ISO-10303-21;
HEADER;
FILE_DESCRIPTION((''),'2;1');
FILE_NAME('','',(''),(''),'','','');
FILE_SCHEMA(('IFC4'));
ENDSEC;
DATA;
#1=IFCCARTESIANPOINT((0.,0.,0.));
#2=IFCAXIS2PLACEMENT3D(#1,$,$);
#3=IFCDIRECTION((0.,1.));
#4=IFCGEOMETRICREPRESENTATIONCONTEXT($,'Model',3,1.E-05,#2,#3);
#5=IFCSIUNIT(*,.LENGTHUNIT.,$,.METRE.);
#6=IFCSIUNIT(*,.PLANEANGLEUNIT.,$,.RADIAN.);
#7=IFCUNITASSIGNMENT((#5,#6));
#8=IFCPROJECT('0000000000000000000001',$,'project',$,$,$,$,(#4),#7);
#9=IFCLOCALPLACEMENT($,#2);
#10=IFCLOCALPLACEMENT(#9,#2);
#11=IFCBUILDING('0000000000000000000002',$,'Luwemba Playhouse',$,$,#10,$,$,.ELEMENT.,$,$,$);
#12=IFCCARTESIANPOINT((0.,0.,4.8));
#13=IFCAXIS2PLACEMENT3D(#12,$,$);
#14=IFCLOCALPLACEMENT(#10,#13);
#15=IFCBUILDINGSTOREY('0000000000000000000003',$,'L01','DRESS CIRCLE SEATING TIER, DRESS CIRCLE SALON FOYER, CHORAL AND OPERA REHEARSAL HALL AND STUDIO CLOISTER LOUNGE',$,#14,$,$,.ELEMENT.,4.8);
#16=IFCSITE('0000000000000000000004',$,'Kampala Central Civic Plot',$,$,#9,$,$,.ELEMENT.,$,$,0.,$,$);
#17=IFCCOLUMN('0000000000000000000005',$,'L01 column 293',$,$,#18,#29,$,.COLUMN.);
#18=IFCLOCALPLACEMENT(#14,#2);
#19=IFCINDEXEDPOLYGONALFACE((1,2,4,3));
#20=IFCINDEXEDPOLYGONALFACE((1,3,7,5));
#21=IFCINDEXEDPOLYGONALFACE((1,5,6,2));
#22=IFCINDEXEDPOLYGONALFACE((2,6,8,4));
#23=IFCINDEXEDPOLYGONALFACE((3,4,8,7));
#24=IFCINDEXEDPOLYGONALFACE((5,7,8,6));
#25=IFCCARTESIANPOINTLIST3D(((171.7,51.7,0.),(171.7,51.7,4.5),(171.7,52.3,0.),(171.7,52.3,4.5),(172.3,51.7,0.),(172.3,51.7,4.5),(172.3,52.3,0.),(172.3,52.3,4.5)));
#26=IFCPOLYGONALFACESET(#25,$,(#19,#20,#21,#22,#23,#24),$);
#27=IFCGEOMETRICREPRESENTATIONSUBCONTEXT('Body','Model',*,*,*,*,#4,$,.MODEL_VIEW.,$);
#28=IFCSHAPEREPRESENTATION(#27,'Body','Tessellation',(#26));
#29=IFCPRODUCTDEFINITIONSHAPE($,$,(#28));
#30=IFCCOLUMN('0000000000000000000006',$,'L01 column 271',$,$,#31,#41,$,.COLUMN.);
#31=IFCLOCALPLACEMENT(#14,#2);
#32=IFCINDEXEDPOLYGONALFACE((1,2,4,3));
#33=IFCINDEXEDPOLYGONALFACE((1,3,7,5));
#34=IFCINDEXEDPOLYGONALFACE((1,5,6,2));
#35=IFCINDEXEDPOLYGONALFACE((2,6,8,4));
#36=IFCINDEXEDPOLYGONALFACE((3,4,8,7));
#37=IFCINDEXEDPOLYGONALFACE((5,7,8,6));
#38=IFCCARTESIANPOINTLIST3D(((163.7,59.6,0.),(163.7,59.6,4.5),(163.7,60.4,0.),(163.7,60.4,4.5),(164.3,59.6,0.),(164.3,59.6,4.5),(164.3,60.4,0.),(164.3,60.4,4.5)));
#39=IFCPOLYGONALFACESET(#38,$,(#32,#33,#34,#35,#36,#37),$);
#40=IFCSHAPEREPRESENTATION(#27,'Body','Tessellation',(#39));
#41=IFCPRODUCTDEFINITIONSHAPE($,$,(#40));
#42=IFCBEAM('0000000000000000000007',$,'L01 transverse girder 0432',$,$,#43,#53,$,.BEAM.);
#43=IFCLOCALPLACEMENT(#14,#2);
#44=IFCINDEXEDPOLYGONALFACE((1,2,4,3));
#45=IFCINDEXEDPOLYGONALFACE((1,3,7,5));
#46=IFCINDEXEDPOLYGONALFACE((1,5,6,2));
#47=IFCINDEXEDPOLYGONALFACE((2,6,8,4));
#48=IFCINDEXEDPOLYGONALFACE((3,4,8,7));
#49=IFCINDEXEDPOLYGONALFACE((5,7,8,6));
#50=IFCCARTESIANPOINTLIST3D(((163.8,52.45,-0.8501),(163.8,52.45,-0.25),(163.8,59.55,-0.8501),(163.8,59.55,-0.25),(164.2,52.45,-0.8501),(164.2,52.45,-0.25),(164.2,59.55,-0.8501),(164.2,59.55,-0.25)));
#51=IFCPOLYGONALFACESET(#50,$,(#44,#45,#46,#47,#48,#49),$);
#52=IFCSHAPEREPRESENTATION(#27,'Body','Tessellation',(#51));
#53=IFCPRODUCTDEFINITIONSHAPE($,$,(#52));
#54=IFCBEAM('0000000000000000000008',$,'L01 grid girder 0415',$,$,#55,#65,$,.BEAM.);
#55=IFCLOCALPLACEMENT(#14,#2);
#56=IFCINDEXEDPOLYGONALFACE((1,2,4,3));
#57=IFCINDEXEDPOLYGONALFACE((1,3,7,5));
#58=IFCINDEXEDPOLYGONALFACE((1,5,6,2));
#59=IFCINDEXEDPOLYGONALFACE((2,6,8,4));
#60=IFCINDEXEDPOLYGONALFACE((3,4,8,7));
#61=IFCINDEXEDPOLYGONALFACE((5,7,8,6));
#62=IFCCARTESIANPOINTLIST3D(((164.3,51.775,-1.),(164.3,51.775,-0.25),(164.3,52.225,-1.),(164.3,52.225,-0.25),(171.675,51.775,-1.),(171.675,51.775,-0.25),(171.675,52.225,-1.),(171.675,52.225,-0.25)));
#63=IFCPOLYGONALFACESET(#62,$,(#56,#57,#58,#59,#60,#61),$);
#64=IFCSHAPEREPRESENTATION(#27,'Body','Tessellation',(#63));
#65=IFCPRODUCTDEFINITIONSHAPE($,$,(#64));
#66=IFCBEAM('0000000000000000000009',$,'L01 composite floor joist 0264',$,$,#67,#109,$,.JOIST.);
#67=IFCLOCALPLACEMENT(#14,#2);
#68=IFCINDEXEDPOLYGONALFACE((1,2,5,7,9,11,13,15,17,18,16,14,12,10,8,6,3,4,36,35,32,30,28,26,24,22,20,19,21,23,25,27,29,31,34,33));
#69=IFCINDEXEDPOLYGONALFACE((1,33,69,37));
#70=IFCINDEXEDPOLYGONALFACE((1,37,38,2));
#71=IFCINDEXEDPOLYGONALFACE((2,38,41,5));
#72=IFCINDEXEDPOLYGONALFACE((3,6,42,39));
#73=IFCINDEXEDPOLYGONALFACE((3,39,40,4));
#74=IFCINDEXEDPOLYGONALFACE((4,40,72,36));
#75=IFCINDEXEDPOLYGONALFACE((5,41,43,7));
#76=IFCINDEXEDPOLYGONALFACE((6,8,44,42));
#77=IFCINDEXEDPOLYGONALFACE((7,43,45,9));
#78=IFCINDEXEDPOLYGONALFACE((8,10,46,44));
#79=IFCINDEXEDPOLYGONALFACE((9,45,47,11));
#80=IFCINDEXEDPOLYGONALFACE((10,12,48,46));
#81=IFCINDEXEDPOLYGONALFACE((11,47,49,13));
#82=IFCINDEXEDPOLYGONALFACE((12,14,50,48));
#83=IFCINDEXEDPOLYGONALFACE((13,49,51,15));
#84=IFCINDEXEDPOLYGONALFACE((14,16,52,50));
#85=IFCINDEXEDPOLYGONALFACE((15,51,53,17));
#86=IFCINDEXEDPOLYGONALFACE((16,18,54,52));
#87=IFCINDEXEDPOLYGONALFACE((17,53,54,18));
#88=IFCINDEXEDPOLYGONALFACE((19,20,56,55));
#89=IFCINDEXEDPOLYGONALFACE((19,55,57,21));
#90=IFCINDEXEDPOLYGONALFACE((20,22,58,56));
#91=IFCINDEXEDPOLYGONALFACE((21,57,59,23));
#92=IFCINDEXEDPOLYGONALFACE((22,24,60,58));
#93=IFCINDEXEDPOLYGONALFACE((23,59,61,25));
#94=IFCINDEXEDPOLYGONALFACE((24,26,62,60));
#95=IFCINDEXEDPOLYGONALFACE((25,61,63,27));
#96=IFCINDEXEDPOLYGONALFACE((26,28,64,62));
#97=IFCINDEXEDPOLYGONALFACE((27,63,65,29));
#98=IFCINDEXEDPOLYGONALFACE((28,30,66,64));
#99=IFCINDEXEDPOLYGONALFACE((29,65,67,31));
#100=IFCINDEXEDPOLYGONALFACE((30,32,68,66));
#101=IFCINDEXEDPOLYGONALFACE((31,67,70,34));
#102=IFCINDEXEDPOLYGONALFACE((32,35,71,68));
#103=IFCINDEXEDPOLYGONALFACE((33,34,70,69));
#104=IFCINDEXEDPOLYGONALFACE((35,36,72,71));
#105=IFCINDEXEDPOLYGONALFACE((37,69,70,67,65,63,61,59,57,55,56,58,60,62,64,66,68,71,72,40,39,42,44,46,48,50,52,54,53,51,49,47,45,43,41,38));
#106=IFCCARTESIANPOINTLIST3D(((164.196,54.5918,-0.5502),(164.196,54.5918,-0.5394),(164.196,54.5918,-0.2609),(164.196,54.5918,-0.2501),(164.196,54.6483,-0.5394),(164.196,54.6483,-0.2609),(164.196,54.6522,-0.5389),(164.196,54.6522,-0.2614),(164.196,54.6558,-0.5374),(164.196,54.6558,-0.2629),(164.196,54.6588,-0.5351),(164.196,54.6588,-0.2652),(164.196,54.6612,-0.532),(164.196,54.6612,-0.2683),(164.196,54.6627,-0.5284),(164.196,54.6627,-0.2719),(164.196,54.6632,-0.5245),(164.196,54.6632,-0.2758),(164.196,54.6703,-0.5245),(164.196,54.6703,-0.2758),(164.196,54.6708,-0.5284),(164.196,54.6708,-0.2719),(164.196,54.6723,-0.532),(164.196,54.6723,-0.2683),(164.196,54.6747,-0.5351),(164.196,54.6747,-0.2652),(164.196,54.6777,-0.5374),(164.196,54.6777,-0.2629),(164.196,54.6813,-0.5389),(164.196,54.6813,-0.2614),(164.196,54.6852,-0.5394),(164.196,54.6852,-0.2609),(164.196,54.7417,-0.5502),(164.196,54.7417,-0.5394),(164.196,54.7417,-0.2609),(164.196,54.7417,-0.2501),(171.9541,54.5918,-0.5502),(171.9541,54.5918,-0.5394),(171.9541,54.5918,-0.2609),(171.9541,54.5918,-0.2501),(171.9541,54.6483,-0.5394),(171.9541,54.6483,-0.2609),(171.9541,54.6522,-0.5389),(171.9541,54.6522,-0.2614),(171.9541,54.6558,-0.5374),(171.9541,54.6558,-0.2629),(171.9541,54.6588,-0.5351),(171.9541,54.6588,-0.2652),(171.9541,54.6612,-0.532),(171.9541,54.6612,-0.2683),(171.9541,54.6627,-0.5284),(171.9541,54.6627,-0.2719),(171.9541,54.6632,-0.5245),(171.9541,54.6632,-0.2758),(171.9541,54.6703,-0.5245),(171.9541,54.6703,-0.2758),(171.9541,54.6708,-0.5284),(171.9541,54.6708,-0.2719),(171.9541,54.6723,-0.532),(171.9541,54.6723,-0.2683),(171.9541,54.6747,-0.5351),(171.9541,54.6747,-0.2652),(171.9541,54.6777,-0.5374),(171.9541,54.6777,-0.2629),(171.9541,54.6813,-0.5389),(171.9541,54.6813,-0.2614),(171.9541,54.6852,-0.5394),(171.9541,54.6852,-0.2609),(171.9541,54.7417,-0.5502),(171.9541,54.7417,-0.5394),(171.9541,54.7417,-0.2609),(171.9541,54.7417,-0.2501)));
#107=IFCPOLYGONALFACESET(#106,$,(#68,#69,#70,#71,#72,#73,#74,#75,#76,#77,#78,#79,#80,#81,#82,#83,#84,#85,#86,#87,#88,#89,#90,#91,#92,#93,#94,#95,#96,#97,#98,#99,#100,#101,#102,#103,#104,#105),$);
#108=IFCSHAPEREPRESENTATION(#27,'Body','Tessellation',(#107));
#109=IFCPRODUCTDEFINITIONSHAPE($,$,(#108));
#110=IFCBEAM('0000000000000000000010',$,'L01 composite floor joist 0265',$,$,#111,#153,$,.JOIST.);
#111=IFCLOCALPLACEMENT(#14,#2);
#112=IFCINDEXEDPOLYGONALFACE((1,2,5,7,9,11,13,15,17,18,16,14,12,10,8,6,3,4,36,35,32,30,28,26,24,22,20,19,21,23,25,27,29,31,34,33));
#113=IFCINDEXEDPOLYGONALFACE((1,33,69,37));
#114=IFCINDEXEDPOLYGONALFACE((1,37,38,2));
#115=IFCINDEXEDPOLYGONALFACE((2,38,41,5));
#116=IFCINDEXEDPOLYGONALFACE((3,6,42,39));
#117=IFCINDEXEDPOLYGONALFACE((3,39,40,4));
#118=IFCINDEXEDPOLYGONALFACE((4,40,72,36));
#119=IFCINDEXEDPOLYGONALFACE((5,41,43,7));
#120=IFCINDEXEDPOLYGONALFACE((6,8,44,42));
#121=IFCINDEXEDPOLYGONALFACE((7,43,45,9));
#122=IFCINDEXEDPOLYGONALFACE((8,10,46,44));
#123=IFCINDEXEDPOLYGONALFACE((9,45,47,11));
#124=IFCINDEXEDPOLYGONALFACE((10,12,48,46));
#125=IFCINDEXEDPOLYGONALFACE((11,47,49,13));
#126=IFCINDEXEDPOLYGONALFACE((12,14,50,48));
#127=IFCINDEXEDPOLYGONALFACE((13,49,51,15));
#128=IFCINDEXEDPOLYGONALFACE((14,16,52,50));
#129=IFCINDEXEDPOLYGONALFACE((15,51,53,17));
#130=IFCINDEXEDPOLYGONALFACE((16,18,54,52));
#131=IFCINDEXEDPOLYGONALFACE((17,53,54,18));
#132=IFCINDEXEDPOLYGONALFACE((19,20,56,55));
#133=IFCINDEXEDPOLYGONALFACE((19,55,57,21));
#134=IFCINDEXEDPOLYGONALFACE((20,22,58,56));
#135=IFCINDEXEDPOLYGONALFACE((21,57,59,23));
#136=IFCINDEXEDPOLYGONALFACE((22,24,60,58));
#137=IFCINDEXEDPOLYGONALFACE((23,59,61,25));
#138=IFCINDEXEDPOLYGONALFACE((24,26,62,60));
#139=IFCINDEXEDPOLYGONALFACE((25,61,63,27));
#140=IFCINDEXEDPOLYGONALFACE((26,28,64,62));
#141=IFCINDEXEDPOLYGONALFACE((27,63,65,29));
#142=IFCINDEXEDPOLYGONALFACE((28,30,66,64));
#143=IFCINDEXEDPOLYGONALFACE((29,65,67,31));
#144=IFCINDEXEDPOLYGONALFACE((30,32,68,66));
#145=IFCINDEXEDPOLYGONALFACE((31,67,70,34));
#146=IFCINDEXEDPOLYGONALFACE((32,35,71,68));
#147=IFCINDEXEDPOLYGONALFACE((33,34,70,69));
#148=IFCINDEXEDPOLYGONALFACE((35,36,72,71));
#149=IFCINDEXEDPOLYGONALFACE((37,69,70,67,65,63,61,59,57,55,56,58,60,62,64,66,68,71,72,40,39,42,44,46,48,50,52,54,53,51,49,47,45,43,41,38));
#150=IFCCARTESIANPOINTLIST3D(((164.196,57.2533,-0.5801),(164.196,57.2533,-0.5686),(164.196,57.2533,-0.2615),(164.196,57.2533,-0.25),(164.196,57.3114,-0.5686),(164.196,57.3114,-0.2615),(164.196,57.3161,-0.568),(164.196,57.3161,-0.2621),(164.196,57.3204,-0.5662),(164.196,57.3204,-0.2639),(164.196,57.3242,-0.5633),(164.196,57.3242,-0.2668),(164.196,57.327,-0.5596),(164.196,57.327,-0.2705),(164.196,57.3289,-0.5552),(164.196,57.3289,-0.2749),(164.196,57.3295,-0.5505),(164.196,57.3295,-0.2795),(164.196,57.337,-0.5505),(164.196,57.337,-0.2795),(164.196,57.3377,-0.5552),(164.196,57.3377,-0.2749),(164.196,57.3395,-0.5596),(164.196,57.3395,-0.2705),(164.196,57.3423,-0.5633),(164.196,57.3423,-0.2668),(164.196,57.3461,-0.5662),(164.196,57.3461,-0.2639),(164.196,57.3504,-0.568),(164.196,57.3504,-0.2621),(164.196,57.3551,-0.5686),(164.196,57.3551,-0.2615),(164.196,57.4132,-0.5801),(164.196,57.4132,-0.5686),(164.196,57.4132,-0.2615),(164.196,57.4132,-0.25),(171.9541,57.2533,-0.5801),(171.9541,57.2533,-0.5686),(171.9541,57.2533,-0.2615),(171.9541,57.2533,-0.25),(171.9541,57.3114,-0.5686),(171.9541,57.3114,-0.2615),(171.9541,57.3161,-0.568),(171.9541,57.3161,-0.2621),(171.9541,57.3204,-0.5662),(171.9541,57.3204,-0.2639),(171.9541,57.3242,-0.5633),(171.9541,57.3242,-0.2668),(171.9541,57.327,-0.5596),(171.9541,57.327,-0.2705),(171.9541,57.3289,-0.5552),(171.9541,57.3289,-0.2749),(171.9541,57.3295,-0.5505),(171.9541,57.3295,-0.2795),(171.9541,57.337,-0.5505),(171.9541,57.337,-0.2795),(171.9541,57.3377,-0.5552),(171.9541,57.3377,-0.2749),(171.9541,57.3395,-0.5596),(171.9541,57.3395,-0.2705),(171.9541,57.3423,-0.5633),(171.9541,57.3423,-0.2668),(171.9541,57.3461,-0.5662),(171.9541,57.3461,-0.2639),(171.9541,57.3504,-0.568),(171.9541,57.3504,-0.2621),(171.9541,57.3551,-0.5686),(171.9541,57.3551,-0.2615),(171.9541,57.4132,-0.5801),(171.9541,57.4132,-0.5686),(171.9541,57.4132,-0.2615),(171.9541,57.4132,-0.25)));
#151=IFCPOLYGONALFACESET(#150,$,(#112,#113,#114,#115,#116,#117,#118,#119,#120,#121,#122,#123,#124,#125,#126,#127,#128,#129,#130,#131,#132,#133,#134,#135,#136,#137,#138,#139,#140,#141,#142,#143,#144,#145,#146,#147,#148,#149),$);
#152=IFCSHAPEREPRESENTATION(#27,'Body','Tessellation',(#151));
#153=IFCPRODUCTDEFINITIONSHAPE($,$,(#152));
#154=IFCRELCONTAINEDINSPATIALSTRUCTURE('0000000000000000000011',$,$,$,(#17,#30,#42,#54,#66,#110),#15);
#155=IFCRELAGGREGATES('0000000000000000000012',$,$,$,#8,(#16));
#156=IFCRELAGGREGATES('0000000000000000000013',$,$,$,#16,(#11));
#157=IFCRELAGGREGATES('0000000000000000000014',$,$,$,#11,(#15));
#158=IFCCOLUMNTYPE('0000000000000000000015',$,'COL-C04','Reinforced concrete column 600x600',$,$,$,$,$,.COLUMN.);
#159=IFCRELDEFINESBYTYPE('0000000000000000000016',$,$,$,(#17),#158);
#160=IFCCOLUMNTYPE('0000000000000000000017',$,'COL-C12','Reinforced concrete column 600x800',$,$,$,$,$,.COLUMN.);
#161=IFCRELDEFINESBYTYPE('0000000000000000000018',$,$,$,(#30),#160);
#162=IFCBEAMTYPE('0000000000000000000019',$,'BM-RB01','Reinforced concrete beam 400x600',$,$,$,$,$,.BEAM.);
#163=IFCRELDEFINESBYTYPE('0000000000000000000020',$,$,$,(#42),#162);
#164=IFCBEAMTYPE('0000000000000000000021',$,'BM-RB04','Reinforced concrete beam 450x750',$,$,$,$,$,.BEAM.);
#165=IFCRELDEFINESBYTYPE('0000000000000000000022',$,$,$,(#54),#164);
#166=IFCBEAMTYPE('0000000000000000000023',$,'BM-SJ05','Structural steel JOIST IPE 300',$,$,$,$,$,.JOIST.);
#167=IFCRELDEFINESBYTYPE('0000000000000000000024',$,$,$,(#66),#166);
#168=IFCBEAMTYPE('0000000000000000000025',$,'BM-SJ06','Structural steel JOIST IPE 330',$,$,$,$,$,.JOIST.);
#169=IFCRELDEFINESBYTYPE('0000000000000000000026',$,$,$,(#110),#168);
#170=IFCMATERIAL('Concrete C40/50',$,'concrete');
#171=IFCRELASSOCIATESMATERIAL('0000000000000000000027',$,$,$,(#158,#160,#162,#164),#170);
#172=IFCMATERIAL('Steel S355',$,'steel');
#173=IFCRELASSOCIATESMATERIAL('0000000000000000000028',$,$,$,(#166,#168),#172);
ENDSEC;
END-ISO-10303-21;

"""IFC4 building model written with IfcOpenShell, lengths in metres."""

from ifc_helpers import new_model, si_unit, direction, frame, origin, origin_2d, place, context, subcontext, project, spatial, rectangle, i_section, extrude, material, material_profile, profile_set, type_object, element, save


model = new_model("IFC4")

# Units and contexts
model_context = context("Model", 3, precision=1e-05, world=origin(), true_north=direction((0.0, 1.0)))
body_context = subcontext(model_context, "Body", "Model", "MODEL_VIEW")
ifc_project = project(units=[si_unit("LENGTHUNIT", "METRE"), si_unit("PLANEANGLEUNIT", "RADIAN")], contexts=[model_context])

# Site, building, storey
site_placement = place(None, origin())
site = spatial("IfcSite", under=ifc_project, at=site_placement, Name="Kampala Central Civic Plot", CompositionType="ELEMENT", RefElevation=0.0)
building_placement = place(site_placement, origin())
building = spatial("IfcBuilding", under=site, at=building_placement, Name="Luwemba Playhouse", CompositionType="ELEMENT")
storey_placement = place(building_placement, frame((0.0, 0.0, 4.8)))
storey = spatial("IfcBuildingStorey", under=building, at=storey_placement, Name="L01", Description="DRESS CIRCLE SEATING TIER, DRESS CIRCLE SALON FOYER, CHORAL AND OPERA REHEARSAL HALL AND STUDIO CLOISTER LOUNGE", CompositionType="ELEMENT", Elevation=4.8)

# Columns
ifc_material_1 = material(Name="Concrete C40/50", Category="concrete")
ifc_material_profile_1 = material_profile(ifc_material_1, rectangle(XDim=0.6001, YDim=0.6001, at=origin_2d()))
ifc_profile_set_1 = profile_set([ifc_material_profile_1], Name="Concrete C40/50")
column_type_1 = type_object("IfcColumnType", Name="COL-C04", Description="Reinforced concrete column 600x600", PredefinedType="COLUMN", material=ifc_profile_set_1)
column_1_placement = place(storey_placement, frame((172.0, 52.0, 0.0), z_axis=(0.0, 0.0, 1.0), x_axis=(1.0, 0.0, 0.0)))
element("IfcColumn", 1, at=column_1_placement, inside=storey, type_object=column_type_1, Name="L01 column 293", PredefinedType="COLUMN", context=body_context, shape_type="SweptSolid", body=[
    extrude(rectangle(XDim=0.6001, YDim=0.6001, at=origin_2d()), origin(), (0.0, 0.0, 1.0), 4.5),
])
ifc_material_profile_2 = material_profile(ifc_material_1, rectangle(XDim=0.6001, YDim=0.8, at=origin_2d()))
ifc_profile_set_2 = profile_set([ifc_material_profile_2], Name="Concrete C40/50")
column_type_2 = type_object("IfcColumnType", Name="COL-C12", Description="Reinforced concrete column 600x800", PredefinedType="COLUMN", material=ifc_profile_set_2)
column_2_placement = place(storey_placement, frame((164.0, 60.0, 0.0), z_axis=(0.0, 0.0, 1.0), x_axis=(1.0, 0.0, 0.0)))
element("IfcColumn", 2, at=column_2_placement, inside=storey, type_object=column_type_2, Name="L01 column 271", PredefinedType="COLUMN", context=body_context, shape_type="SweptSolid", body=[
    extrude(rectangle(XDim=0.6001, YDim=0.8, at=origin_2d()), origin(), (0.0, 0.0, 1.0), 4.5),
])

# Beams
ifc_material_profile_3 = material_profile(ifc_material_1, rectangle(XDim=0.3999, YDim=0.6001, at=origin_2d()))
ifc_profile_set_3 = profile_set([ifc_material_profile_3], Name="Concrete C40/50")
beam_type_1 = type_object("IfcBeamType", Name="BM-RB01", Description="Reinforced concrete beam 400x600", PredefinedType="BEAM", material=ifc_profile_set_3)
beam_1_placement = place(storey_placement, frame((164.0, 52.45, -0.55), z_axis=(0.0, 1.0, 0.0), x_axis=(-1.0, 0.0, 0.0)))
element("IfcBeam", 3, at=beam_1_placement, inside=storey, type_object=beam_type_1, Name="L01 transverse girder 0432", PredefinedType="BEAM", context=body_context, shape_type="SweptSolid", body=[
    extrude(rectangle(XDim=0.3999, YDim=0.6001, at=origin_2d()), origin(), (0.0, 0.0, 1.0), 7.1001),
])
ifc_material_profile_4 = material_profile(ifc_material_1, rectangle(XDim=0.45, YDim=0.75, at=origin_2d()))
ifc_profile_set_4 = profile_set([ifc_material_profile_4], Name="Concrete C40/50")
beam_type_2 = type_object("IfcBeamType", Name="BM-RB04", Description="Reinforced concrete beam 450x750", PredefinedType="BEAM", material=ifc_profile_set_4)
beam_2_placement = place(storey_placement, frame((164.3, 52.0, -0.625), z_axis=(1.0, 0.0, 0.0), x_axis=(0.0, 1.0, 0.0)))
element("IfcBeam", 4, at=beam_2_placement, inside=storey, type_object=beam_type_2, Name="L01 grid girder 0415", PredefinedType="BEAM", context=body_context, shape_type="SweptSolid", body=[
    extrude(rectangle(XDim=0.45, YDim=0.75, at=origin_2d()), origin(), (0.0, 0.0, 1.0), 7.375),
])
ifc_material_2 = material(Name="Steel S355", Category="steel")
ifc_material_profile_5 = material_profile(ifc_material_2, i_section(OverallWidth=0.1499, OverallDepth=0.3, WebThickness=0.0071, FlangeThickness=0.0107, FilletRadius=0.0149, at=origin_2d()))
ifc_profile_set_5 = profile_set([ifc_material_profile_5], Name="Steel S355")
beam_type_3 = type_object("IfcBeamType", Name="BM-SJ05", Description="Structural steel JOIST IPE 300", PredefinedType="JOIST", material=ifc_profile_set_5)
beam_3_placement = place(storey_placement, frame((164.196, 54.6667, -0.4001), z_axis=(1.0, 0.0, 0.0), x_axis=(0.0, 1.0, 0.0)))
element("IfcBeam", 5, at=beam_3_placement, inside=storey, type_object=beam_type_3, Name="L01 composite floor joist 0264", PredefinedType="JOIST", context=body_context, shape_type="SweptSolid", body=[
    extrude(i_section(OverallWidth=0.1499, OverallDepth=0.3, WebThickness=0.0071, FlangeThickness=0.0107, FilletRadius=0.0149, at=origin_2d()), origin(), (0.0, 0.0, 1.0), 7.7581),
])
ifc_material_profile_6 = material_profile(ifc_material_2, i_section(OverallWidth=0.1599, OverallDepth=0.3301, WebThickness=0.0076, FlangeThickness=0.0115, FilletRadius=0.0181, at=origin_2d()))
ifc_profile_set_6 = profile_set([ifc_material_profile_6], Name="Steel S355")
beam_type_4 = type_object("IfcBeamType", Name="BM-SJ06", Description="Structural steel JOIST IPE 330", PredefinedType="JOIST", material=ifc_profile_set_6)
beam_4_placement = place(storey_placement, frame((164.196, 57.3333, -0.415), z_axis=(1.0, 0.0, 0.0), x_axis=(0.0, 1.0, 0.0)))
element("IfcBeam", 6, at=beam_4_placement, inside=storey, type_object=beam_type_4, Name="L01 composite floor joist 0265", PredefinedType="JOIST", context=body_context, shape_type="SweptSolid", body=[
    extrude(i_section(OverallWidth=0.1599, OverallDepth=0.3301, WebThickness=0.0076, FlangeThickness=0.0115, FilletRadius=0.0181, at=origin_2d()), origin(), (0.0, 0.0, 1.0), 7.7581),
])

save(model, "model.ifc")
